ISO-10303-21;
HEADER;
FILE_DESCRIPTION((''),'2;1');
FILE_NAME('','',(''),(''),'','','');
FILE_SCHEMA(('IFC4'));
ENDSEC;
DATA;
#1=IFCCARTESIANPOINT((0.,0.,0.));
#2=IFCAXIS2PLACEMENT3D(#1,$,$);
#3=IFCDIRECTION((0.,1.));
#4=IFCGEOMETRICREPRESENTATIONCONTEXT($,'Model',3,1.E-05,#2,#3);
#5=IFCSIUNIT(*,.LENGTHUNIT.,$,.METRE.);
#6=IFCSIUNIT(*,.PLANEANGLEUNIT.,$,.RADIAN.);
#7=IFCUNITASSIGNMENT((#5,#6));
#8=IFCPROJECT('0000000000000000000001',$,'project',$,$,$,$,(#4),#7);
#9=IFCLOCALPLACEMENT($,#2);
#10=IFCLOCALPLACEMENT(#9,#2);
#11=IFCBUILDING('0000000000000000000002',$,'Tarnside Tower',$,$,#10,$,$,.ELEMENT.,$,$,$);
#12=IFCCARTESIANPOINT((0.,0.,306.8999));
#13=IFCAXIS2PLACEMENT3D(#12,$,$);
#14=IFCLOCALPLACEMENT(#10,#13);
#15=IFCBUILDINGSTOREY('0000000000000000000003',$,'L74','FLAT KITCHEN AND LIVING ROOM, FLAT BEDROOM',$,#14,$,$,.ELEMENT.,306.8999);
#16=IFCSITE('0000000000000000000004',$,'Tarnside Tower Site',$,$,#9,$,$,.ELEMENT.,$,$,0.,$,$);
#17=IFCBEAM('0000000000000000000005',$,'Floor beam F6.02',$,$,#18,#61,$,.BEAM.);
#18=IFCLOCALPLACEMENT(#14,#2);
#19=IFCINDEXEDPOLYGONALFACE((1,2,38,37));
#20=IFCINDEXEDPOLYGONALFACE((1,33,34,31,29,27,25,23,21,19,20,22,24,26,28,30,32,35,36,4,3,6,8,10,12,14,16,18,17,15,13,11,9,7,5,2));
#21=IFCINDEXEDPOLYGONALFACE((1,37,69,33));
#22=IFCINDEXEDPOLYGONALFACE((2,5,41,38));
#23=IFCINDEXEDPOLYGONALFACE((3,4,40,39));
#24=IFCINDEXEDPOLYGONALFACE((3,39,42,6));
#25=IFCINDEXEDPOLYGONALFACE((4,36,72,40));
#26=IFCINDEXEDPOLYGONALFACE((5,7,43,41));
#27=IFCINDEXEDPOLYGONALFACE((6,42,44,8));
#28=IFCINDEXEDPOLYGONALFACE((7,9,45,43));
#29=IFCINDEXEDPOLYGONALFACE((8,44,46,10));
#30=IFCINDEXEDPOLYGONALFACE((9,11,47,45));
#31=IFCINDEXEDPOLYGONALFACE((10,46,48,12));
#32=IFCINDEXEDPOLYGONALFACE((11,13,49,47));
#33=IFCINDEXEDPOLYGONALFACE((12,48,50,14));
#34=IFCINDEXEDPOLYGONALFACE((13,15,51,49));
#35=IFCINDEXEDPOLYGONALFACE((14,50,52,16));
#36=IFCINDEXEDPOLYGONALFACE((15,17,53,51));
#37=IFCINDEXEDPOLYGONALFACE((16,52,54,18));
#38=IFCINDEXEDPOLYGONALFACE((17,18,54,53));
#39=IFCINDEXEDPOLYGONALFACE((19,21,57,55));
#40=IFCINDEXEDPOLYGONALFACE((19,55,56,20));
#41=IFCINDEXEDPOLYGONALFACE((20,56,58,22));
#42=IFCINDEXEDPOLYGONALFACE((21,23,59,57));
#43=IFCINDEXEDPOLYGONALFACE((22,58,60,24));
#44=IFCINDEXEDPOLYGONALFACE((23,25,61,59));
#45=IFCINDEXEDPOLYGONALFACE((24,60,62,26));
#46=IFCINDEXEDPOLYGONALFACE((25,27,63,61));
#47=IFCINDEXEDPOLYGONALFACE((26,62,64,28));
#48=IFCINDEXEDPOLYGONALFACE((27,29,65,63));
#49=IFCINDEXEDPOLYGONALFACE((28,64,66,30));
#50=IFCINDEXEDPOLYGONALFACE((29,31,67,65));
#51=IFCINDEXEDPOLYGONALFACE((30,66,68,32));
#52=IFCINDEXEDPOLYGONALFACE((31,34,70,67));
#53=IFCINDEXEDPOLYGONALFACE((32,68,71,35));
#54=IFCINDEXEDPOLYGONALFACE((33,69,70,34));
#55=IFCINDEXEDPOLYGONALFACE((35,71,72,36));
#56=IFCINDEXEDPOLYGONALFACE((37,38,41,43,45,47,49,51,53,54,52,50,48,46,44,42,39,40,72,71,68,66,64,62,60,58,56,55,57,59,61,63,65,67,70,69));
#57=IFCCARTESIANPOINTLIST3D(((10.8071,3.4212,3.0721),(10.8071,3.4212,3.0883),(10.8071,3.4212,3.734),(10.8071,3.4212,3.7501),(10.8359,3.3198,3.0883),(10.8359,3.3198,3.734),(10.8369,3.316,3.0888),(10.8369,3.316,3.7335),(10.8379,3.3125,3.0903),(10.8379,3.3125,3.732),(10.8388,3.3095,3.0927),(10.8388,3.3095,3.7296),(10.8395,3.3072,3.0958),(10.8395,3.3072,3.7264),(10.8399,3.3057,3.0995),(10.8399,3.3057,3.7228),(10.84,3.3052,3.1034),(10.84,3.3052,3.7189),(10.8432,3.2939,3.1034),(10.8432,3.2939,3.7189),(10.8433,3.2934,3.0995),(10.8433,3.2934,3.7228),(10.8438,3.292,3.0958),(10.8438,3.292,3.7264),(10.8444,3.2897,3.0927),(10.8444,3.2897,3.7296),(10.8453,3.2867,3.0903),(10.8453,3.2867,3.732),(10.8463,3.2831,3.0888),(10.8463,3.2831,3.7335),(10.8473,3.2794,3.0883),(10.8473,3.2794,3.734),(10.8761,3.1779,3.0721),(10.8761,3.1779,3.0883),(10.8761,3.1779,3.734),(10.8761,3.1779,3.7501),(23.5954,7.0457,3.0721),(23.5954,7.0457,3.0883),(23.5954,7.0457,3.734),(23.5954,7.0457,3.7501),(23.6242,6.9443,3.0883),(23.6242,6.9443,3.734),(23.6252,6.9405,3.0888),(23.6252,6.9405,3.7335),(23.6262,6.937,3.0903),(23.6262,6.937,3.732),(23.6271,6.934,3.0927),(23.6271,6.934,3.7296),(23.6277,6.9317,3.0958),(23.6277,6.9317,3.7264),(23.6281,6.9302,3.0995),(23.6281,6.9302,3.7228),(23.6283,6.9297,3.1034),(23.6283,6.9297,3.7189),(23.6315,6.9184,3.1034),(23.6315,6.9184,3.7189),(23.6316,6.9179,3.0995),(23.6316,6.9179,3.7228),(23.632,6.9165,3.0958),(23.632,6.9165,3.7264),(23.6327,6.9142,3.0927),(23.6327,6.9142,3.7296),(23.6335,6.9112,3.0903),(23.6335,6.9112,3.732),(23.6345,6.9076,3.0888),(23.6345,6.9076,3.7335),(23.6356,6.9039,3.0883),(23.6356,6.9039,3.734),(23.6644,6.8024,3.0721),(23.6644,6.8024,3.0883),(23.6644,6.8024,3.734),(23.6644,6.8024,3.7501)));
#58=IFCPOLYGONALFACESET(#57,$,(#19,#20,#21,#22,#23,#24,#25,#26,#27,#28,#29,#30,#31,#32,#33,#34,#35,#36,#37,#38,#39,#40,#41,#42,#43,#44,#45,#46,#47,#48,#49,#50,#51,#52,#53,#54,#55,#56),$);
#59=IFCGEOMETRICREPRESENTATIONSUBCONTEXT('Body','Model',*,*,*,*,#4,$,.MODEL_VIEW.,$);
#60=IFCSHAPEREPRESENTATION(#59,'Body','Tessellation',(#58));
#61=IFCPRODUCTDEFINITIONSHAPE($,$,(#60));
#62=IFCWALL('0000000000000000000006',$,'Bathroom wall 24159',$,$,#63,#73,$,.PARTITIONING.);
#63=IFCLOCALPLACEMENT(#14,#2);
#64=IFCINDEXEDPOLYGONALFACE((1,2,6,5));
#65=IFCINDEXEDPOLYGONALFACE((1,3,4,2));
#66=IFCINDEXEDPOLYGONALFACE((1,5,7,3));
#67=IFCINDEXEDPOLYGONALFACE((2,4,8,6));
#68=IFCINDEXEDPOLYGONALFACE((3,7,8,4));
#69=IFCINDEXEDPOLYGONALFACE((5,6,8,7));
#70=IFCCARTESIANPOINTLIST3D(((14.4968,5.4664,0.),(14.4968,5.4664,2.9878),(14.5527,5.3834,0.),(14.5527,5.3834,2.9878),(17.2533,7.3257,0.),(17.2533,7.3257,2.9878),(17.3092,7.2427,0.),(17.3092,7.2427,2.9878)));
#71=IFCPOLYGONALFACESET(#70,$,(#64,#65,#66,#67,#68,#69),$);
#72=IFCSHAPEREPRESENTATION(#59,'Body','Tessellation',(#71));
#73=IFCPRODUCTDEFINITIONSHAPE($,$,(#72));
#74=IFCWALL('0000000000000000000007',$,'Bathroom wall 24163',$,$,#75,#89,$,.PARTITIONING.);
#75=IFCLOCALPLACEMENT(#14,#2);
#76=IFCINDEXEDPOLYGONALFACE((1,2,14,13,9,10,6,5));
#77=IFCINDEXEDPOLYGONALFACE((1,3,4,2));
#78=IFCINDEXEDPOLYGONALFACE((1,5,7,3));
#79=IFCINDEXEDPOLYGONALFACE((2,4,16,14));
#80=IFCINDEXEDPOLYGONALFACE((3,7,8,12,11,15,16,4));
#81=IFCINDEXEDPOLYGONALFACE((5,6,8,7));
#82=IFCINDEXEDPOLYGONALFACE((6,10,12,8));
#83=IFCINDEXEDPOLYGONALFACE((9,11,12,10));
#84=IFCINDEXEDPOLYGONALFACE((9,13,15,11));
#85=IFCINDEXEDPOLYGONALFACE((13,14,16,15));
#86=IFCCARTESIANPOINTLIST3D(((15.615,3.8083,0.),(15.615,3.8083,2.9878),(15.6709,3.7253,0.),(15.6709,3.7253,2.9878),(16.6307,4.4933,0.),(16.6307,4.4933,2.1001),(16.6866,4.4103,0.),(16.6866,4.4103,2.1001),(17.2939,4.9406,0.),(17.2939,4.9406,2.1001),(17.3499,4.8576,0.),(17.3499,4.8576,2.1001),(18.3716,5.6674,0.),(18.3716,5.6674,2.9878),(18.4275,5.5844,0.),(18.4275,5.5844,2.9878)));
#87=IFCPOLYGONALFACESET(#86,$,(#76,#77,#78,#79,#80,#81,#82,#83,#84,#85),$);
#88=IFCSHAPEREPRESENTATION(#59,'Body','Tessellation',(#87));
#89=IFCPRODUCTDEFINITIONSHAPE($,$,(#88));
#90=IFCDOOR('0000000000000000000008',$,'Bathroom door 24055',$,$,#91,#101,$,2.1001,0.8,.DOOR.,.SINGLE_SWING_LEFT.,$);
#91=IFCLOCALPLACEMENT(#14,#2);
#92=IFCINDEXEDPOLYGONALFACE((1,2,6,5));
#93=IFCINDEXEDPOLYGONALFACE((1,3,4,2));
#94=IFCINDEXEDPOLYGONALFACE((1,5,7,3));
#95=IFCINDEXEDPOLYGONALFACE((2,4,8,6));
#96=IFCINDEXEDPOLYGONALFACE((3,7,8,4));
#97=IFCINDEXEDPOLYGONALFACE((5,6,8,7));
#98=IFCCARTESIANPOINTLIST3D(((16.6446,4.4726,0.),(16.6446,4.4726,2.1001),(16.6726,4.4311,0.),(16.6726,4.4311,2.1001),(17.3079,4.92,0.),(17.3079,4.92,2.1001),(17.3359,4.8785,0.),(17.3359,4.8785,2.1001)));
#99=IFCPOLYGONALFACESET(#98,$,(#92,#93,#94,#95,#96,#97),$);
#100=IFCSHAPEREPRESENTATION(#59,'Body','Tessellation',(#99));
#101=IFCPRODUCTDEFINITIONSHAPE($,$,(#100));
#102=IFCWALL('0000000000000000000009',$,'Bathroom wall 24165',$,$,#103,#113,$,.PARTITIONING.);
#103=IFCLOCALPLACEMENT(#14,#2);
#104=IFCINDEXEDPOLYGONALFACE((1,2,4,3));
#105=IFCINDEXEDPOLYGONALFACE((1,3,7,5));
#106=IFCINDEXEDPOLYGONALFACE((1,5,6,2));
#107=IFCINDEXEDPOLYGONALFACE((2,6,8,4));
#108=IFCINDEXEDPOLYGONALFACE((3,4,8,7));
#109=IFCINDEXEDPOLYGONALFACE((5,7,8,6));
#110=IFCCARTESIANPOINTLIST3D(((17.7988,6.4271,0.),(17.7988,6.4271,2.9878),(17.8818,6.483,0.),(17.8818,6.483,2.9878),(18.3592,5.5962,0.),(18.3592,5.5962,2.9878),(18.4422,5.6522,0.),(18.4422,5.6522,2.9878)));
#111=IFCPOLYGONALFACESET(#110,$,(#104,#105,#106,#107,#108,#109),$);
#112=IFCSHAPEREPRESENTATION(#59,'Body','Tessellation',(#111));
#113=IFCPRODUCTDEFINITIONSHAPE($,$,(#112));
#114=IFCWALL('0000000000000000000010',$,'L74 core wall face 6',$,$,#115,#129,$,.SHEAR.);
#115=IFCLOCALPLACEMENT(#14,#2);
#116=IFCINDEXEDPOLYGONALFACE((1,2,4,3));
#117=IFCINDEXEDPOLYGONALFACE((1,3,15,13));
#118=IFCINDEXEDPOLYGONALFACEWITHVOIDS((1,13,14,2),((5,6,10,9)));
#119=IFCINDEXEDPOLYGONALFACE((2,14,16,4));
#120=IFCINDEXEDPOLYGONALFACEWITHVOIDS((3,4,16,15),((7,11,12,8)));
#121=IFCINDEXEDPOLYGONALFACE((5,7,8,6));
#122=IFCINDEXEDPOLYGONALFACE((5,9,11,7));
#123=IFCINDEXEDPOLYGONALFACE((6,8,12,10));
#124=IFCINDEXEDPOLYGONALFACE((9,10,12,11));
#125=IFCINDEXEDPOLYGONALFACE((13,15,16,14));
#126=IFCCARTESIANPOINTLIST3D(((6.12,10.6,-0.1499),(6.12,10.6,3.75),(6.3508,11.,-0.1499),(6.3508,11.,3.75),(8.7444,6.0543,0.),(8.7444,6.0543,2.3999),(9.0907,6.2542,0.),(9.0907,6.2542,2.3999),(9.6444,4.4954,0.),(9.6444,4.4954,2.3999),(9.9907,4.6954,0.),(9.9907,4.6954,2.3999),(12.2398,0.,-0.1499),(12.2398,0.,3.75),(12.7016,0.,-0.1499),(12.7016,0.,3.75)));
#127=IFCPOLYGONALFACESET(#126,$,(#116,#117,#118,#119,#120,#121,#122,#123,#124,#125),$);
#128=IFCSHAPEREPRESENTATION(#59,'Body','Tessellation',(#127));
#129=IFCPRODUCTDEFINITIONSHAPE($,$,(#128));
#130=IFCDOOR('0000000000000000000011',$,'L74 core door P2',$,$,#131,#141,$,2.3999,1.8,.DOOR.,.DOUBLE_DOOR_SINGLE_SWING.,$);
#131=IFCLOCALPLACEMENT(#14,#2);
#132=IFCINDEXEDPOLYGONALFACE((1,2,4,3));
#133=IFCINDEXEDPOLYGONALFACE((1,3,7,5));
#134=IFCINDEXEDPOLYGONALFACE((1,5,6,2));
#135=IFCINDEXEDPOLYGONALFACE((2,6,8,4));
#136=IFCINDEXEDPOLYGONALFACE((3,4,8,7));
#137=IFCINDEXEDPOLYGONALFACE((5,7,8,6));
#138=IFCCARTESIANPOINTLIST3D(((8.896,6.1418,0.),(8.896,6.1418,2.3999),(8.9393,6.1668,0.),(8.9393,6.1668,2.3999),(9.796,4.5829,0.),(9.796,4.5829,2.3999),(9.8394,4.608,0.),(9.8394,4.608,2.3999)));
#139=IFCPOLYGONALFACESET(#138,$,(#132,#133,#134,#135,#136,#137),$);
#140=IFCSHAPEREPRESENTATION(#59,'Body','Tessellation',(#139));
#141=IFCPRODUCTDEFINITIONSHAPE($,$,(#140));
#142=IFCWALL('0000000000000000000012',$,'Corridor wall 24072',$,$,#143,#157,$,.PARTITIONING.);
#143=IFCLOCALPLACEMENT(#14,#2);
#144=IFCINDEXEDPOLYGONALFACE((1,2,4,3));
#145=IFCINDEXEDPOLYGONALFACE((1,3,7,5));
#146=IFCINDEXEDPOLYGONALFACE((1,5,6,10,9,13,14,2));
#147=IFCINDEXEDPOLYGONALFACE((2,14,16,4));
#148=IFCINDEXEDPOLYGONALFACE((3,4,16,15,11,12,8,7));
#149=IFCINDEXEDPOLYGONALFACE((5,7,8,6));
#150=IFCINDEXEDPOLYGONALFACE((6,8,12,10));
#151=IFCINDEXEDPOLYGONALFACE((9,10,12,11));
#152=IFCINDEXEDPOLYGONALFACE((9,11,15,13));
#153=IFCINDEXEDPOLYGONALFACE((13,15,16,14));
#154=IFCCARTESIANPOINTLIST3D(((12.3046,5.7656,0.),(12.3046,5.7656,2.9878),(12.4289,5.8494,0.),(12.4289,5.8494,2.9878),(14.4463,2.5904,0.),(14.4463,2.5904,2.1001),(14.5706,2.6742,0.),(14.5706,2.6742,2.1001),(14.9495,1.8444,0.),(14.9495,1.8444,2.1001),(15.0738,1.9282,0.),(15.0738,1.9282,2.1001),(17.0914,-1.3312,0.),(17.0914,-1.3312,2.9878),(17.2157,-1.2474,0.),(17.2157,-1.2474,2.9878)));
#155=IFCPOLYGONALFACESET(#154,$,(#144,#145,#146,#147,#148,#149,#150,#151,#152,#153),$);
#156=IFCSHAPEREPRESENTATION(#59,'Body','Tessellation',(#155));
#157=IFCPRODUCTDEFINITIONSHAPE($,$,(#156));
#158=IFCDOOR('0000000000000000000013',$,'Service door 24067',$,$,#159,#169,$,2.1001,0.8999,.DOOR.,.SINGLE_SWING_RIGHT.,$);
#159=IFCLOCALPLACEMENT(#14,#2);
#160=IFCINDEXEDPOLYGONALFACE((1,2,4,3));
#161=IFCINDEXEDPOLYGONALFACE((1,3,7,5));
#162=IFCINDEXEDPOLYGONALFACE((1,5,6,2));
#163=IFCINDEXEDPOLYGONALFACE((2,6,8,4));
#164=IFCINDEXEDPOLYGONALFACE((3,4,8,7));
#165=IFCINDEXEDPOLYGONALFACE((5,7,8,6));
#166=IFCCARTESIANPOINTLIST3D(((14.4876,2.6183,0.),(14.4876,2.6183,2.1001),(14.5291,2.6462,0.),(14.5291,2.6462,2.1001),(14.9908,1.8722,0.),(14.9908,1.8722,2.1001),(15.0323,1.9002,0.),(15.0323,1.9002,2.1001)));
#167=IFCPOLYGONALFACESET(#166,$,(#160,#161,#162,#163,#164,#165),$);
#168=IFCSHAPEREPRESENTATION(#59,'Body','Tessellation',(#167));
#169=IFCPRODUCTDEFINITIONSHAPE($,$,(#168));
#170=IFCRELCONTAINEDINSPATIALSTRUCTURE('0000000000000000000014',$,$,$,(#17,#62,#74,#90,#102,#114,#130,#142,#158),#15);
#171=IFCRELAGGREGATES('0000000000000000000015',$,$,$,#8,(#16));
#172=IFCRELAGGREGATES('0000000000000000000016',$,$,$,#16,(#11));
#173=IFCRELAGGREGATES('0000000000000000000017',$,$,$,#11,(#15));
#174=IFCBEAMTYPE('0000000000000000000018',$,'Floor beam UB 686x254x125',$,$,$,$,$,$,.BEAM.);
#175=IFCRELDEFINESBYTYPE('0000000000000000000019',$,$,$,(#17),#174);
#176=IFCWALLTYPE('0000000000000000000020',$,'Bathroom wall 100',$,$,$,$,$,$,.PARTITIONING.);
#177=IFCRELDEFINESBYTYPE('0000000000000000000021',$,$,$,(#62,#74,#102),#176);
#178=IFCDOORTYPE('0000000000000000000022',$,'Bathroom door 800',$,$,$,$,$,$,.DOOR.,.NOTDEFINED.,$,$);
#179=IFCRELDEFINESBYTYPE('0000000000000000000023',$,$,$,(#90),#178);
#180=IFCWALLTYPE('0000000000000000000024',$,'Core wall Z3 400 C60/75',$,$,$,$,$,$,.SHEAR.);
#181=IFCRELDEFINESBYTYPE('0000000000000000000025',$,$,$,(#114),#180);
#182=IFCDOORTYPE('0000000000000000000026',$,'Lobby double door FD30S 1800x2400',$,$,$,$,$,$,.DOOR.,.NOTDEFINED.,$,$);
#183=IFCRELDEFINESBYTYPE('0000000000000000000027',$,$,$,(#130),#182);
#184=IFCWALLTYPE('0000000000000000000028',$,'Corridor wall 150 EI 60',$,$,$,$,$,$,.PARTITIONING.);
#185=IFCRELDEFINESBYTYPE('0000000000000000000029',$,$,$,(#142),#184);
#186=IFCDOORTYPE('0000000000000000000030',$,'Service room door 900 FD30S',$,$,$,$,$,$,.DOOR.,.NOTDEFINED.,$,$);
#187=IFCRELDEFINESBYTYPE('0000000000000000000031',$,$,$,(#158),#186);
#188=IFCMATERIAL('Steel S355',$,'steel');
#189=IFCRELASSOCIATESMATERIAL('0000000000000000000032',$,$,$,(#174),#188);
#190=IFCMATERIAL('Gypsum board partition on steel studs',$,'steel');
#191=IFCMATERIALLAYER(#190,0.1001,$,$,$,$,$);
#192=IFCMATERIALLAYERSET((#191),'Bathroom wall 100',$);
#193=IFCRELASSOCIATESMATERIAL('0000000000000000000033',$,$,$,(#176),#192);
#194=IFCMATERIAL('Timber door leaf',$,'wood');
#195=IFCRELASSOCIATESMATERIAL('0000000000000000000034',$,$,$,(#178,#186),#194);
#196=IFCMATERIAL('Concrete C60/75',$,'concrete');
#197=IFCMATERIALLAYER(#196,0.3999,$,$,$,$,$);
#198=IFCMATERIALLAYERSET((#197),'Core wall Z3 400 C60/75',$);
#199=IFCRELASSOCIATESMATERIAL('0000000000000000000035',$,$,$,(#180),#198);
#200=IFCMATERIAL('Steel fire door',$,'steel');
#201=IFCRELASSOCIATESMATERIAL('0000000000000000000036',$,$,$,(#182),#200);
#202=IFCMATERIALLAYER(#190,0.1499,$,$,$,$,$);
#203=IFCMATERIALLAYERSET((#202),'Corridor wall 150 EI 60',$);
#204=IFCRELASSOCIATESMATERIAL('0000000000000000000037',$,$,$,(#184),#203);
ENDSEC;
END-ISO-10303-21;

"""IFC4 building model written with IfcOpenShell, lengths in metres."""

from ifc_helpers import new_model, si_unit, direction, frame, frame_2d, origin, origin_2d, place, context, subcontext, project, spatial, polyline, rectangle, i_section, outline, extrude, material, layer, layer_set, material_profile, profile_set, type_object, element, fill, save


model = new_model("IFC4")

# Units and contexts
model_context = context("Model", 3, precision=1e-05, world=origin(), true_north=direction((0.0, 1.0)))
body_context = subcontext(model_context, "Body", "Model", "MODEL_VIEW")
ifc_project = project(units=[si_unit("LENGTHUNIT", "METRE"), si_unit("PLANEANGLEUNIT", "RADIAN")], contexts=[model_context])

# Site, building, storey
site_placement = place(None, origin())
site = spatial("IfcSite", under=ifc_project, at=site_placement, Name="Tarnside Tower Site", CompositionType="ELEMENT", RefElevation=0.0)
building_placement = place(site_placement, origin())
building = spatial("IfcBuilding", under=site, at=building_placement, Name="Tarnside Tower", CompositionType="ELEMENT")
storey_placement = place(building_placement, frame((0.0, 0.0, 306.8999)))
storey = spatial("IfcBuildingStorey", under=building, at=storey_placement, Name="L74", Description="FLAT KITCHEN AND LIVING ROOM, FLAT BEDROOM", CompositionType="ELEMENT", Elevation=306.8999)

# Beam
ifc_material_1 = material(Name="Steel S355", Category="steel")
ifc_material_profile = material_profile(ifc_material_1, i_section(OverallWidth=0.2529, OverallDepth=0.678, WebThickness=0.0117, FlangeThickness=0.0161, FilletRadius=0.0151, at=origin_2d()), Name="UB 686x254x125")
ifc_profile_set = profile_set([ifc_material_profile], Name="Steel S355")
beam_type = type_object("IfcBeamType", Name="Floor beam UB 686x254x125", PredefinedType="BEAM", material=ifc_profile_set)
beam_placement = place(storey_placement, frame((23.6299, 6.9241, 3.4111), z_axis=(-0.962104, -0.272683, 0.0), x_axis=(0.272683, -0.962104, 0.0)))
element("IfcBeam", 1, at=beam_placement, inside=storey, type_object=beam_type, Name="Floor beam F6.02", PredefinedType="BEAM", context=body_context, shape_type="SweptSolid", body=[
    extrude(i_section(OverallWidth=0.2529, OverallDepth=0.678, WebThickness=0.0117, FlangeThickness=0.0161, FilletRadius=0.0151, at=origin_2d()), origin(), (0.0, 0.0, 1.0), 13.292),
])

# Wall
ifc_material_2 = material(Name="Gypsum board partition on steel studs", Category="steel")
ifc_layer_1 = layer(ifc_material_2, 0.1001)
ifc_layer_set_1 = layer_set([ifc_layer_1], Name="Bathroom wall 100")
wall_type_1 = type_object("IfcWallType", Name="Bathroom wall 100", PredefinedType="PARTITIONING", material=ifc_layer_set_1)
wall_1_placement = place(storey_placement, frame((14.5247, 5.4248, 0.0), z_axis=(0.0, 0.0, 1.0), x_axis=(0.829033, 0.559199, 0.0)))
element("IfcWall", 2, at=wall_1_placement, inside=storey, type_object=wall_type_1, Name="Bathroom wall 24159", PredefinedType="PARTITIONING", context=body_context, shape_type="SweptSolid", body=[
    extrude(rectangle(XDim=3.325, YDim=0.1001, at=frame_2d((1.6626, 0.0))), origin(), (0.0, 0.0, 1.0), 2.9878),
])

# Wall, opening, door
wall_2_placement = place(storey_placement, frame((18.3997, 5.626, 0.0), z_axis=(0.0, 0.0, 1.0), x_axis=(-0.829067, -0.559149, 0.0)))
wall_2 = element("IfcWall", 3, at=wall_2_placement, inside=storey, type_object=wall_type_1, Name="Bathroom wall 24163", PredefinedType="PARTITIONING", context=body_context, shape_type="SweptSolid", body=[
    extrude(rectangle(XDim=3.325, YDim=0.1001, at=frame_2d((1.6626, 0.0))), origin(), (0.0, 0.0, 1.0), 2.9878),
])
opening_1_placement = place(wall_2_placement, frame((1.3, 0.0, 0.0)))
opening_1 = element("IfcOpeningElement", 4, at=opening_1_placement, cuts=wall_2, PredefinedType="OPENING", context=body_context, shape_type="SweptSolid", body=[
    extrude(rectangle(XDim=0.8, YDim=2.1001, at=frame_2d((0.3999, 1.05))), frame((0.0, 0.0601, 0.0), z_axis=(0.0, -1.0, 0.0), x_axis=(1.0, 0.0, 0.0)), (0.0, 0.0, 1.0), 0.1201),
])
ifc_material_3 = material(Name="Timber door leaf", Category="wood")
door_type_1 = type_object("IfcDoorType", Name="Bathroom door 800", OperationType="NOTDEFINED", PredefinedType="DOOR", material=ifc_material_3)
door_1_placement = place(opening_1_placement, origin())
door_1 = element("IfcDoor", 5, at=door_1_placement, inside=storey, type_object=door_type_1, Name="Bathroom door 24055", OperationType="SINGLE_SWING_LEFT", OverallHeight=2.1001, OverallWidth=0.8, PredefinedType="DOOR", context=body_context, shape_type="SweptSolid", body=[
    extrude(rectangle(XDim=0.8, YDim=2.1001, at=frame_2d((0.3999, 1.05))), frame((0.0, 0.0249, 0.0), z_axis=(0.0, -1.0, 0.0), x_axis=(1.0, 0.0, 0.0)), (0.0, 0.0, 1.0), 0.05),
])
fill(opening_1, door_1)

# Wall
wall_3_placement = place(storey_placement, frame((18.4006, 5.6243, 0.0), z_axis=(0.0, 0.0, 1.0), x_axis=(-0.559134, 0.829077, 0.0)))
element("IfcWall", 6, at=wall_3_placement, inside=storey, type_object=wall_type_1, Name="Bathroom wall 24165", PredefinedType="PARTITIONING", context=body_context, shape_type="SweptSolid", body=[
    extrude(rectangle(XDim=1.0022, YDim=0.1001, at=frame_2d((0.501, 0.0))), origin(), (0.0, 0.0, 1.0), 2.9878),
])

# Walls, openings, doors
ifc_material_4 = material(Name="Concrete C60/75", Category="concrete")
ifc_layer_2 = layer(ifc_material_4, 0.3999)
ifc_layer_set_2 = layer_set([ifc_layer_2], Name="Core wall Z3 400 C60/75")
wall_type_2 = type_object("IfcWallType", Name="Core wall Z3 400 C60/75", PredefinedType="SHEAR", material=ifc_layer_set_2)
wall_4_placement = place(storey_placement, frame((12.4707, 0.0, -0.1499), z_axis=(0.0, 0.0, 1.0), x_axis=(-0.499996, 0.866027, 0.0)))
wall_4 = element("IfcWall", 7, at=wall_4_placement, inside=storey, type_object=wall_type_2, Name="L74 core wall face 6", PredefinedType="SHEAR", context=body_context, shape_type="SweptSolid", body=[
    extrude(outline(polyline([(-0.1155, -0.2), (12.5862, -0.2), (12.3552, 0.2), (0.1155, 0.2), (-0.1155, -0.2)])), origin(), (0.0, 0.0, 1.0), 3.8999),
])
opening_2_placement = place(wall_4_placement, frame((5.3064, 0.0, 0.1499)))
opening_2 = element("IfcOpeningElement", 8, at=opening_2_placement, cuts=wall_4, PredefinedType="OPENING", context=body_context, shape_type="SweptSolid", body=[
    extrude(rectangle(XDim=1.8, YDim=2.3999, at=frame_2d((0.8999, 1.2))), frame((0.0, 0.21, 0.0), z_axis=(0.0, -1.0, 0.0), x_axis=(1.0, 0.0, 0.0)), (0.0, 0.0, 1.0), 0.4199),
])
ifc_material_5 = material(Name="Steel fire door", Category="steel")
door_type_2 = type_object("IfcDoorType", Name="Lobby double door FD30S 1800x2400", OperationType="NOTDEFINED", PredefinedType="DOOR", material=ifc_material_5)
door_2_placement = place(opening_2_placement, origin())
door_2 = element("IfcDoor", 9, at=door_2_placement, inside=storey, type_object=door_type_2, Name="L74 core door P2", OperationType="DOUBLE_DOOR_SINGLE_SWING", OverallHeight=2.3999, OverallWidth=1.8, PredefinedType="DOOR", context=body_context, shape_type="SweptSolid", body=[
    extrude(rectangle(XDim=1.8, YDim=2.3999, at=frame_2d((0.8999, 1.2))), frame((0.0, 0.0249, 0.0), z_axis=(0.0, -1.0, 0.0), x_axis=(1.0, 0.0, 0.0)), (0.0, 0.0, 1.0), 0.05),
])
fill(opening_2, door_2)
ifc_layer_3 = layer(ifc_material_2, 0.1499)
ifc_layer_set_3 = layer_set([ifc_layer_3], Name="Corridor wall 150 EI 60")
wall_type_3 = type_object("IfcWallType", Name="Corridor wall 150 EI 60", PredefinedType="PARTITIONING", material=ifc_layer_set_3)
wall_5_placement = place(storey_placement, frame((12.3667, 5.8076, 0.0), z_axis=(0.0, 0.0, 1.0), x_axis=(0.559187, -0.829041, 0.0)))
wall_5 = element("IfcWall", 10, at=wall_5_placement, inside=storey, type_object=wall_type_3, Name="Corridor wall 24072", PredefinedType="PARTITIONING", context=body_context, shape_type="SweptSolid", body=[
    extrude(rectangle(XDim=8.5603, YDim=0.1499, at=frame_2d((4.2803, 0.0))), origin(), (0.0, 0.0, 1.0), 2.9878),
])
opening_3_placement = place(wall_5_placement, frame((3.8301, 0.0, 0.0)))
opening_3 = element("IfcOpeningElement", 11, at=opening_3_placement, cuts=wall_5, PredefinedType="OPENING", context=body_context, shape_type="SweptSolid", body=[
    extrude(rectangle(XDim=0.8999, YDim=2.1001, at=frame_2d((0.45, 1.05))), frame((0.0, 0.085, 0.0), z_axis=(0.0, -1.0, 0.0), x_axis=(1.0, 0.0, 0.0)), (0.0, 0.0, 1.0), 0.1699),
])
door_type_3 = type_object("IfcDoorType", Name="Service room door 900 FD30S", OperationType="NOTDEFINED", PredefinedType="DOOR", material=ifc_material_3)
door_3_placement = place(opening_3_placement, origin())
door_3 = element("IfcDoor", 12, at=door_3_placement, inside=storey, type_object=door_type_3, Name="Service door 24067", OperationType="SINGLE_SWING_RIGHT", OverallHeight=2.1001, OverallWidth=0.8999, PredefinedType="DOOR", context=body_context, shape_type="SweptSolid", body=[
    extrude(rectangle(XDim=0.8999, YDim=2.1001, at=frame_2d((0.45, 1.05))), frame((0.0, 0.0249, 0.0), z_axis=(0.0, -1.0, 0.0), x_axis=(1.0, 0.0, 0.0)), (0.0, 0.0, 1.0), 0.05),
])
fill(opening_3, door_3)

save(model, "model.ifc")
